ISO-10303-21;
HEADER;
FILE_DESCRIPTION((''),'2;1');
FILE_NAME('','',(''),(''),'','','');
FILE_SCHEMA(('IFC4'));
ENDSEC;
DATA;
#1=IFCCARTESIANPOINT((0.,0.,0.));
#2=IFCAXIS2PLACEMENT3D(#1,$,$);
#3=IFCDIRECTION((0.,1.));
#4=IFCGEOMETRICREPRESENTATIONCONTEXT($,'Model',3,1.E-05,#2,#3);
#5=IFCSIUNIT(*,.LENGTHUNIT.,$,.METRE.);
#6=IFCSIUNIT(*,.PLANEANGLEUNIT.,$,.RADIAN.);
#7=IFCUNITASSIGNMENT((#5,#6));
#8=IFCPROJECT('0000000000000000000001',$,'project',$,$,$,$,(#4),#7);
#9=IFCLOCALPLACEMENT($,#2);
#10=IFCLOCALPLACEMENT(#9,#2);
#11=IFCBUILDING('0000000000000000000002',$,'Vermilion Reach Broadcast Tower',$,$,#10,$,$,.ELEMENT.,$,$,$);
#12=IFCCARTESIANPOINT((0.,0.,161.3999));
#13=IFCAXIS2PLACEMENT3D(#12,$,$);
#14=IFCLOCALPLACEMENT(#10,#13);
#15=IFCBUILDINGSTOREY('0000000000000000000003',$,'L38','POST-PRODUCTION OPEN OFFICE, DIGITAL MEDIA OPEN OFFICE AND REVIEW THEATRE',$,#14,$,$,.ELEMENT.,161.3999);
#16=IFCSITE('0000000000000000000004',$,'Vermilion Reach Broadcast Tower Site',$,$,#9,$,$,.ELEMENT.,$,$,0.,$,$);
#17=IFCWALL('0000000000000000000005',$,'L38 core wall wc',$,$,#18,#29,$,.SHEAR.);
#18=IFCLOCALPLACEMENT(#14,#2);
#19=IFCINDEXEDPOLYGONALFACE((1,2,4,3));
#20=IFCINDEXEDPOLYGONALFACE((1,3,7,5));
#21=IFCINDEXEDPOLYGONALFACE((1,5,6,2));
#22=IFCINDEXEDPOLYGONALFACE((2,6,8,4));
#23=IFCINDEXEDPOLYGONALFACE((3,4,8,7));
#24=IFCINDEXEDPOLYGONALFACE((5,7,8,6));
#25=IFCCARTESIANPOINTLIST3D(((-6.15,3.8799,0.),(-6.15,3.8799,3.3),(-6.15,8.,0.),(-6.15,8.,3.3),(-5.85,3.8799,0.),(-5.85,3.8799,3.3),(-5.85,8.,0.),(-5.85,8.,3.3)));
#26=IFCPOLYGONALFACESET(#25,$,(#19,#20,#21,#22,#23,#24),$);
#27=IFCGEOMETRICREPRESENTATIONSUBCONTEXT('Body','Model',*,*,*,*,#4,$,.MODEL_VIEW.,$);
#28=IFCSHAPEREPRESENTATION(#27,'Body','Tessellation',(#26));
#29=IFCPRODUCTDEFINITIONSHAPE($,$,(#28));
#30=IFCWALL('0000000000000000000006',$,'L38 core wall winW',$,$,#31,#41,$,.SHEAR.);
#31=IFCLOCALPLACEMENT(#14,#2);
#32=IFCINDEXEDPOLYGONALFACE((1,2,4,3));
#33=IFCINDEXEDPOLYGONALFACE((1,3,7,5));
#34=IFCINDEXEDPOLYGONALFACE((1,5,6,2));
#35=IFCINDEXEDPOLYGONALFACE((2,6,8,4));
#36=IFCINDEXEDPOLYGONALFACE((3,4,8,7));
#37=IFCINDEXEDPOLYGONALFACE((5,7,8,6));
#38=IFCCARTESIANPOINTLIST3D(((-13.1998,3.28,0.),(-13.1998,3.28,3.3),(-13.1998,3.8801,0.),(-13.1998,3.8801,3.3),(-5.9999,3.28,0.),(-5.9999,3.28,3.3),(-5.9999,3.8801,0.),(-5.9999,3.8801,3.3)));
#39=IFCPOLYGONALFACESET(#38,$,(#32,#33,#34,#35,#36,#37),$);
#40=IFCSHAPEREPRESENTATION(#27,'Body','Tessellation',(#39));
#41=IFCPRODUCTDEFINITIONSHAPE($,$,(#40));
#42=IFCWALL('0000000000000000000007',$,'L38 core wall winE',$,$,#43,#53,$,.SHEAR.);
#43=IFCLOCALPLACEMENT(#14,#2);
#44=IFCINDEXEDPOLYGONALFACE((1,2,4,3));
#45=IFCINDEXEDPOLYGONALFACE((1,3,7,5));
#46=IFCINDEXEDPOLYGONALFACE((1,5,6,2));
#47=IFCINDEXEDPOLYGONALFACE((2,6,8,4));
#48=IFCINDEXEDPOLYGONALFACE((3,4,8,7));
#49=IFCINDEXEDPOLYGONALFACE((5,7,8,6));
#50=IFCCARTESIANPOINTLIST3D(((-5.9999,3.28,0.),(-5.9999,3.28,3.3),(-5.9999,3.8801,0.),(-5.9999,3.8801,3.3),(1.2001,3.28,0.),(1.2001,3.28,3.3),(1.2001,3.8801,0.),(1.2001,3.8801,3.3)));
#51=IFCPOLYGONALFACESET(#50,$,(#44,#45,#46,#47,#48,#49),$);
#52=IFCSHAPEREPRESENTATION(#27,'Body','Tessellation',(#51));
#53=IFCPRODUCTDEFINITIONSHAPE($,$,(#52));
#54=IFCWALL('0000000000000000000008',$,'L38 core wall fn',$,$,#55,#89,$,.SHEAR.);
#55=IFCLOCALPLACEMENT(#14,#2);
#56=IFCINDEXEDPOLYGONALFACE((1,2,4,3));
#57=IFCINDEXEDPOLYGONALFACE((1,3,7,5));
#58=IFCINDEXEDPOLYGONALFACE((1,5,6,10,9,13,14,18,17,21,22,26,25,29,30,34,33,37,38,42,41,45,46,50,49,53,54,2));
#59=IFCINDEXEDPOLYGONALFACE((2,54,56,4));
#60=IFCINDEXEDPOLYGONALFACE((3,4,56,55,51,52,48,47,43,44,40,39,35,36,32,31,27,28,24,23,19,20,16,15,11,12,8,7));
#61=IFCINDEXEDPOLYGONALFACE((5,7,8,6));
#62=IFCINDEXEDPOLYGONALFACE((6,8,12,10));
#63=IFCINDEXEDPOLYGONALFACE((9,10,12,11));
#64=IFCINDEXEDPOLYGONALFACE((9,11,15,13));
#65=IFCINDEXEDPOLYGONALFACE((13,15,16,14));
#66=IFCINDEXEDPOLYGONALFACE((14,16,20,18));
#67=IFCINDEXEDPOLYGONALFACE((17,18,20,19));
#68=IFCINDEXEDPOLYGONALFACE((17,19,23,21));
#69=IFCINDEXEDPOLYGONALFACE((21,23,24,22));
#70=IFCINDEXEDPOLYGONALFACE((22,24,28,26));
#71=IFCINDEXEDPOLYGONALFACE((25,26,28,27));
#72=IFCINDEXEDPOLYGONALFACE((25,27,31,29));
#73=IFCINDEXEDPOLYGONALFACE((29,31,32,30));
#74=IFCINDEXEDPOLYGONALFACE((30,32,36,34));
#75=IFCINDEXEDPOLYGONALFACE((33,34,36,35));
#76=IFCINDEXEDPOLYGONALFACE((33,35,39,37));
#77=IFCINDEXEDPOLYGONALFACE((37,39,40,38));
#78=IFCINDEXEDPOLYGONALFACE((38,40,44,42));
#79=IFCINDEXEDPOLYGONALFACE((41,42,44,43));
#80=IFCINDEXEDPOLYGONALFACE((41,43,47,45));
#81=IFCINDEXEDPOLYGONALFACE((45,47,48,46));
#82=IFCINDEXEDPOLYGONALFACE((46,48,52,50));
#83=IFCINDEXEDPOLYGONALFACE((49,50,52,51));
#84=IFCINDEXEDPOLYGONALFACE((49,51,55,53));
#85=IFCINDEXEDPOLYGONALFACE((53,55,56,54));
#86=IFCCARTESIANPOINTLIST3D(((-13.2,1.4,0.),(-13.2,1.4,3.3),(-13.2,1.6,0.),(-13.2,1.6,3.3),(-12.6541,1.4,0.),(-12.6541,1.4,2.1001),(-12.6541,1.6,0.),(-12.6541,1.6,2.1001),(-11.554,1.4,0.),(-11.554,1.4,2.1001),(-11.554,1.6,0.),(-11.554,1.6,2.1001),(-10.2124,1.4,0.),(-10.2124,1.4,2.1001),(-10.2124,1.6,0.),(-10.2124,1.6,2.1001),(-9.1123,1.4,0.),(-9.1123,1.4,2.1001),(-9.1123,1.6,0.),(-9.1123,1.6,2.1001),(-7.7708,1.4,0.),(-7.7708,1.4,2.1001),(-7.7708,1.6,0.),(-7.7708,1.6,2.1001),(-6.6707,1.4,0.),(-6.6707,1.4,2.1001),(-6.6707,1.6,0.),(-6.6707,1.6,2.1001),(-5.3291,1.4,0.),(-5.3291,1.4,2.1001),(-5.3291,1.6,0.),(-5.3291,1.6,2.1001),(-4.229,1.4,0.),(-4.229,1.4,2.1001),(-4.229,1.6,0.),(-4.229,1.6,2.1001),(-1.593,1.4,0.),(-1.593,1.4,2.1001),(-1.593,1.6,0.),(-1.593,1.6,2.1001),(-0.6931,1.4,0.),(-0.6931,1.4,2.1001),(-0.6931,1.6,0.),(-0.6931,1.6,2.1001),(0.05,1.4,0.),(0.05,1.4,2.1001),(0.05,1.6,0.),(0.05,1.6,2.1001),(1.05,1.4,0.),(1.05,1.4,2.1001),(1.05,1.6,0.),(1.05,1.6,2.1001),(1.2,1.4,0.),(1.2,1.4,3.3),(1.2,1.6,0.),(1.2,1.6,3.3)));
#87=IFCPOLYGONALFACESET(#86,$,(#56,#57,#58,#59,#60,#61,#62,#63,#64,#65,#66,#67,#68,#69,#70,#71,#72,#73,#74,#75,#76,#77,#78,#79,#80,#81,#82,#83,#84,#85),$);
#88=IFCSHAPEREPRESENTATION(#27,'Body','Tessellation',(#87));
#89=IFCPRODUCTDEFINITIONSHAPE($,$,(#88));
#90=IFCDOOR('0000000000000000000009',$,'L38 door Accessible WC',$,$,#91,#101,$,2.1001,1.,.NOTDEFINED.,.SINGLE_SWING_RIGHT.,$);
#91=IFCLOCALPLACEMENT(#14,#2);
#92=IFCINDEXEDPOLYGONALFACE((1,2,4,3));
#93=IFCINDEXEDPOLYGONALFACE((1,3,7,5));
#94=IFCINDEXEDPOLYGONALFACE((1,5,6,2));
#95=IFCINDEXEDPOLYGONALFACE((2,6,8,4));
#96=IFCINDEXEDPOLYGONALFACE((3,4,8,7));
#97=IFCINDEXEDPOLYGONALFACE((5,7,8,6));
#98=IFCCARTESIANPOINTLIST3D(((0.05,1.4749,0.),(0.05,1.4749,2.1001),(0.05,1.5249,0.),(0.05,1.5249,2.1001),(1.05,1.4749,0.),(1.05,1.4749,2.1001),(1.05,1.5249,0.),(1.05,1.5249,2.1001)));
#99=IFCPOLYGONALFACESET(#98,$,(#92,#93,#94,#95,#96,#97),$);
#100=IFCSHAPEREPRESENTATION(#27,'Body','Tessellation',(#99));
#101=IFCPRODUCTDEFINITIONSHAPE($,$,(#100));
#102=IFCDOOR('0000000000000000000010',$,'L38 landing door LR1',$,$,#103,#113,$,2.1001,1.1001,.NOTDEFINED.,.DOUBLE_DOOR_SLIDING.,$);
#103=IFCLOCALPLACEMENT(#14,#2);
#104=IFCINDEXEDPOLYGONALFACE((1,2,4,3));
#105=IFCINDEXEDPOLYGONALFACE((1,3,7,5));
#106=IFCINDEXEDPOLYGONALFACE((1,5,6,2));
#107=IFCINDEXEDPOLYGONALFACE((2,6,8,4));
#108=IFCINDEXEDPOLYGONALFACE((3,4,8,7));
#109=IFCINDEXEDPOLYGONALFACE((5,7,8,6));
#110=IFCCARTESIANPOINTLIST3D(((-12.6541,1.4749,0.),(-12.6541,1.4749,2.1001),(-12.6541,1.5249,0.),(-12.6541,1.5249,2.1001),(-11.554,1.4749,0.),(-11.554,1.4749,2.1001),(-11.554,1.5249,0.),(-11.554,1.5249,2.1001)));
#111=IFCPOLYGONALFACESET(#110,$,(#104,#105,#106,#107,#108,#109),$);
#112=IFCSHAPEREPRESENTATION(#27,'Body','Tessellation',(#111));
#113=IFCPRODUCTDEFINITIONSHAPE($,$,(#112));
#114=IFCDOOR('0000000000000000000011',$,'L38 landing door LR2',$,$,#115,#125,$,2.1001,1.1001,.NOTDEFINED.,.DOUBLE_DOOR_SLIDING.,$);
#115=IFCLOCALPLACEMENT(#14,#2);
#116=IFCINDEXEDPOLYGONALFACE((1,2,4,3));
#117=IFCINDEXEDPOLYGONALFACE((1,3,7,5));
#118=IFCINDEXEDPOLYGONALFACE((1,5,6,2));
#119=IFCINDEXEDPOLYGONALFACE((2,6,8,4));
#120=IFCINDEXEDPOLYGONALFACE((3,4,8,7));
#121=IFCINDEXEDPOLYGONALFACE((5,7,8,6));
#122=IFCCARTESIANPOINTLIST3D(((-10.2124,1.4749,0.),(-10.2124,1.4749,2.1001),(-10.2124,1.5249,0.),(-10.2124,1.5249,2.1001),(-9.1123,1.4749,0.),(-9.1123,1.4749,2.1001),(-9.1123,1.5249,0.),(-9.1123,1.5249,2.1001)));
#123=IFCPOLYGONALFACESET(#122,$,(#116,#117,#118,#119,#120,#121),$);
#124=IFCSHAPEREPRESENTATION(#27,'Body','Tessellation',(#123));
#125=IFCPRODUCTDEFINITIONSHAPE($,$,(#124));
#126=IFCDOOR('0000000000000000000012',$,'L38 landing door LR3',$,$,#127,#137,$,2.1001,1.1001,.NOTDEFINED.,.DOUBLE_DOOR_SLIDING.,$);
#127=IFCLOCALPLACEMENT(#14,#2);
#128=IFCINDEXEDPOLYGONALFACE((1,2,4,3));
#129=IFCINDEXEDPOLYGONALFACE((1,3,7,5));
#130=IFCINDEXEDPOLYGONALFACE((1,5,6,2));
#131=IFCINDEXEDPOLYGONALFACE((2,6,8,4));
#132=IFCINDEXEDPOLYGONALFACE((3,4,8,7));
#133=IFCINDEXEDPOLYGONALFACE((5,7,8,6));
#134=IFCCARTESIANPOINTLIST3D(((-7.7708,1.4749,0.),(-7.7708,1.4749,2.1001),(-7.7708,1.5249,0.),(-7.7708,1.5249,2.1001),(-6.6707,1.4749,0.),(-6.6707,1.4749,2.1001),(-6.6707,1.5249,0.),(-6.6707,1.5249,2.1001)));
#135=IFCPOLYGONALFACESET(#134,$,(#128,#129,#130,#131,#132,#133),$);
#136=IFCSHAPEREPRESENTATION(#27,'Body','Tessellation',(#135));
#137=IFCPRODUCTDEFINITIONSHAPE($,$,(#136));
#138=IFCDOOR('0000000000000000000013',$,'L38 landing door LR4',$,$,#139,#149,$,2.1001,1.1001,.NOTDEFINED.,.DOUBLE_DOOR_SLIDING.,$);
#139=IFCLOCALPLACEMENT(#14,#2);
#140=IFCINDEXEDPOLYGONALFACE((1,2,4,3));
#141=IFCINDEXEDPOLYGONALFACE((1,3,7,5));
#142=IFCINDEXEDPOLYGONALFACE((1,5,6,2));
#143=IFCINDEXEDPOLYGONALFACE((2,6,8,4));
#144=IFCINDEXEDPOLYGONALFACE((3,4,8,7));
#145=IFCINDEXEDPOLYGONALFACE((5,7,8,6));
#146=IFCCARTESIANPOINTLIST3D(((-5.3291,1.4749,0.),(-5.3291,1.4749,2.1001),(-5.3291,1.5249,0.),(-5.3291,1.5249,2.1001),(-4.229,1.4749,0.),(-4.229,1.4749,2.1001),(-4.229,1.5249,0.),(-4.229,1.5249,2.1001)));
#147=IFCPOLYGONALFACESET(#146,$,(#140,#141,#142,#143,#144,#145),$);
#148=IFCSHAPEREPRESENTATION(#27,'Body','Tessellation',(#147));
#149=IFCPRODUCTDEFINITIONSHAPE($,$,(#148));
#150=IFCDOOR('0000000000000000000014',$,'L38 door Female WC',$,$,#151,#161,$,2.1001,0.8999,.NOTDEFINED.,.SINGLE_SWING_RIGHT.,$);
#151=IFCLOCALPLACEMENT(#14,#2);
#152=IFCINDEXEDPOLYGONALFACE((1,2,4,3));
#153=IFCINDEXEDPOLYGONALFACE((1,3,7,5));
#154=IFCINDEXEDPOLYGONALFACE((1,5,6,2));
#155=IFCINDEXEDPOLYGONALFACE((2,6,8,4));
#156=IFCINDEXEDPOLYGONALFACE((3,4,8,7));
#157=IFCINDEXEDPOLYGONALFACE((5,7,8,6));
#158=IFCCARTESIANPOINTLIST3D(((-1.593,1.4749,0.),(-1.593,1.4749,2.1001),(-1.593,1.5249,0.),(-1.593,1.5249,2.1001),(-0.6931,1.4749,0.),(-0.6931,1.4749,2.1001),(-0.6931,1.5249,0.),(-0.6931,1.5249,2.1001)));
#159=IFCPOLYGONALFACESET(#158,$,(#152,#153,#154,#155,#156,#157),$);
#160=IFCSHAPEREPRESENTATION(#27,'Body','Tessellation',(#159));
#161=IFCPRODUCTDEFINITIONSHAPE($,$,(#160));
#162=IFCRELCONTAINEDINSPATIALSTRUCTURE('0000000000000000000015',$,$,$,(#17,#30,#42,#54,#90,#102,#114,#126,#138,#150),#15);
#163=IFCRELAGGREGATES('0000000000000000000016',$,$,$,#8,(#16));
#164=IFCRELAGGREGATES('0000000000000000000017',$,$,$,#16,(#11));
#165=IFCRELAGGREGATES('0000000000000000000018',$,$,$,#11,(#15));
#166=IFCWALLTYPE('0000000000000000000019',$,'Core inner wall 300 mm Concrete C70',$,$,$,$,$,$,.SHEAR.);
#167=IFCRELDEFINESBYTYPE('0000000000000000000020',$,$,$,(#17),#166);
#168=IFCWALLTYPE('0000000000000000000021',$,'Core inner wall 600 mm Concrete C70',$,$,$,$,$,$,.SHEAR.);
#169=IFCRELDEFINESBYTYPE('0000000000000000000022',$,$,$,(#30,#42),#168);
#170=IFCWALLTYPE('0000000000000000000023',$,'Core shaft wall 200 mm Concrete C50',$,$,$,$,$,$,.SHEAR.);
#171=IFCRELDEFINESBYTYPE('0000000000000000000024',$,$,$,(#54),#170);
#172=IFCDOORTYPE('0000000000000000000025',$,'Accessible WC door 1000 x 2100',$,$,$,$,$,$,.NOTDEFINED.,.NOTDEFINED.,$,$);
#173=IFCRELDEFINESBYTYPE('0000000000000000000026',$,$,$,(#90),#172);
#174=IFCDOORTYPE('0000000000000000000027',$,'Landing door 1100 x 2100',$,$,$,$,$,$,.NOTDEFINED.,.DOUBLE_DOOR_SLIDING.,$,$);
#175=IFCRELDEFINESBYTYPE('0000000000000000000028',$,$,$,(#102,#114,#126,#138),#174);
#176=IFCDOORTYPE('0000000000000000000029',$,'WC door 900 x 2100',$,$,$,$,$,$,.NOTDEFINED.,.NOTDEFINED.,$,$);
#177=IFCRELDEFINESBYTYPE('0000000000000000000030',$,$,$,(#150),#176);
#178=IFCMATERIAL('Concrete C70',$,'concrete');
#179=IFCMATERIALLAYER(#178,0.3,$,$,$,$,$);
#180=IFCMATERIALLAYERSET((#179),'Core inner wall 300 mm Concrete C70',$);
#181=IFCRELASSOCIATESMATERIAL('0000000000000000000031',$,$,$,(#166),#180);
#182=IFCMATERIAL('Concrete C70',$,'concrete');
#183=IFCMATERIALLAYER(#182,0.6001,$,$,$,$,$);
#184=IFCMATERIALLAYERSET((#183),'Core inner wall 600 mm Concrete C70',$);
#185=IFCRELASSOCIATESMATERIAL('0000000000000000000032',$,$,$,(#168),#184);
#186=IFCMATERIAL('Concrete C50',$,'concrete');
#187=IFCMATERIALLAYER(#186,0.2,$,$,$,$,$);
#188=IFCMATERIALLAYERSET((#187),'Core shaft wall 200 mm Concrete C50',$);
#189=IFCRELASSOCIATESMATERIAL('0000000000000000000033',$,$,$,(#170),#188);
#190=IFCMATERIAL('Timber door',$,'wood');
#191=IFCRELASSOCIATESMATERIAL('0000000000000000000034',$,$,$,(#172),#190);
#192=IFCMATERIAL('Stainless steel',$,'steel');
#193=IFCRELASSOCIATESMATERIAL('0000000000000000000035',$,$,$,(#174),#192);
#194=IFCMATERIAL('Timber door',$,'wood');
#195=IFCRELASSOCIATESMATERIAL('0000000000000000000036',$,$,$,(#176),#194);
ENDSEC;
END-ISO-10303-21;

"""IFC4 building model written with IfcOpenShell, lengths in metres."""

from ifc_helpers import new_model, si_unit, direction, frame, frame_2d, origin, place, context, subcontext, project, spatial, rectangle, extrude, material, layer, layer_set, type_object, element, fill, save


model = new_model("IFC4")

# Units and contexts
model_context = context("Model", 3, precision=1e-05, world=origin(), true_north=direction((0.0, 1.0)))
body_context = subcontext(model_context, "Body", "Model", "MODEL_VIEW")
ifc_project = project(units=[si_unit("LENGTHUNIT", "METRE"), si_unit("PLANEANGLEUNIT", "RADIAN")], contexts=[model_context])

# Site, building, storey
site_placement = place(None, origin())
site = spatial("IfcSite", under=ifc_project, at=site_placement, Name="Vermilion Reach Broadcast Tower Site", CompositionType="ELEMENT", RefElevation=0.0)
building_placement = place(site_placement, origin())
building = spatial("IfcBuilding", under=site, at=building_placement, Name="Vermilion Reach Broadcast Tower", CompositionType="ELEMENT")
storey_placement = place(building_placement, frame((0.0, 0.0, 161.3999)))
storey = spatial("IfcBuildingStorey", under=building, at=storey_placement, Name="L38", Description="POST-PRODUCTION OPEN OFFICE, DIGITAL MEDIA OPEN OFFICE AND REVIEW THEATRE", CompositionType="ELEMENT", Elevation=161.3999)

# Walls
ifc_material_1 = material(Name="Concrete C70", Category="concrete")
ifc_layer_1 = layer(ifc_material_1, 0.3)
ifc_layer_set_1 = layer_set([ifc_layer_1], Name="Core inner wall 300 mm Concrete C70")
wall_type_1 = type_object("IfcWallType", Name="Core inner wall 300 mm Concrete C70", PredefinedType="SHEAR", material=ifc_layer_set_1)
wall_1_placement = place(storey_placement, frame((-6.0, 3.8799, 0.0), z_axis=(0.0, 0.0, 1.0), x_axis=(0.0, 1.0, 0.0)))
element("IfcWall", 1, at=wall_1_placement, inside=storey, type_object=wall_type_1, Name="L38 core wall wc", PredefinedType="SHEAR", context=body_context, shape_type="SweptSolid", body=[
    extrude(rectangle(XDim=4.1201, YDim=0.3, at=frame_2d((2.0601, 0.0))), origin(), (0.0, 0.0, 1.0), 3.3),
])
ifc_material_2 = material(Name="Concrete C70", Category="concrete")
ifc_layer_2 = layer(ifc_material_2, 0.6001)
ifc_layer_set_2 = layer_set([ifc_layer_2], Name="Core inner wall 600 mm Concrete C70")
wall_type_2 = type_object("IfcWallType", Name="Core inner wall 600 mm Concrete C70", PredefinedType="SHEAR", material=ifc_layer_set_2)
for number, where, z_axis, x_axis, name in (
    (2, (-13.2, 3.5801, 0.0), (0.0, 0.0, 1.0), (1.0, 0.0, 0.0), "L38 core wall winW"),
    (3, (-6.0, 3.5801, 0.0), (0.0, 0.0, 1.0), (1.0, 0.0, 0.0), "L38 core wall winE"),
):
    element("IfcWall", number, at=place(storey_placement, frame(where, z_axis=z_axis, x_axis=x_axis)), inside=storey, type_object=wall_type_2, Name=name, PredefinedType="SHEAR", context=body_context, shape_type="SweptSolid", body=[
        extrude(rectangle(XDim=7.2, YDim=0.6001, at=frame_2d((3.6001, 0.0))), origin(), (0.0, 0.0, 1.0), 3.3),
    ])

# Wall, openings, doors
ifc_material_3 = material(Name="Concrete C50", Category="concrete")
ifc_layer_3 = layer(ifc_material_3, 0.2)
ifc_layer_set_3 = layer_set([ifc_layer_3], Name="Core shaft wall 200 mm Concrete C50")
wall_type_3 = type_object("IfcWallType", Name="Core shaft wall 200 mm Concrete C50", PredefinedType="SHEAR", material=ifc_layer_set_3)
wall_2_placement = place(storey_placement, frame((-13.2, 1.5, 0.0), z_axis=(0.0, 0.0, 1.0), x_axis=(1.0, 0.0, 0.0)))
wall_2 = element("IfcWall", 4, at=wall_2_placement, inside=storey, type_object=wall_type_3, Name="L38 core wall fn", PredefinedType="SHEAR", context=body_context, shape_type="SweptSolid", body=[
    extrude(rectangle(XDim=14.3999, YDim=0.2, at=frame_2d((7.2, 0.0))), origin(), (0.0, 0.0, 1.0), 3.3),
])
opening_1_placement = place(wall_2_placement, frame((0.5459, 0.0, 0.0)))
opening_1 = element("IfcOpeningElement", 5, at=opening_1_placement, cuts=wall_2, PredefinedType="OPENING", context=body_context, shape_type="SweptSolid", body=[
    extrude(rectangle(XDim=1.1001, YDim=2.1001, at=frame_2d((0.55, 1.05))), frame((0.0, 0.1099, 0.0), z_axis=(0.0, -1.0, 0.0), x_axis=(1.0, 0.0, 0.0)), (0.0, 0.0, 1.0), 0.22),
])
opening_2_placement = place(wall_2_placement, frame((2.9875, 0.0, 0.0)))
opening_2 = element("IfcOpeningElement", 6, at=opening_2_placement, cuts=wall_2, PredefinedType="OPENING", context=body_context, shape_type="SweptSolid", body=[
    extrude(rectangle(XDim=1.1001, YDim=2.1001, at=frame_2d((0.55, 1.05))), frame((0.0, 0.1099, 0.0), z_axis=(0.0, -1.0, 0.0), x_axis=(1.0, 0.0, 0.0)), (0.0, 0.0, 1.0), 0.22),
])
opening_3_placement = place(wall_2_placement, frame((5.4292, 0.0, 0.0)))
opening_3 = element("IfcOpeningElement", 7, at=opening_3_placement, cuts=wall_2, PredefinedType="OPENING", context=body_context, shape_type="SweptSolid", body=[
    extrude(rectangle(XDim=1.1001, YDim=2.1001, at=frame_2d((0.55, 1.05))), frame((0.0, 0.1099, 0.0), z_axis=(0.0, -1.0, 0.0), x_axis=(1.0, 0.0, 0.0)), (0.0, 0.0, 1.0), 0.22),
])
opening_4_placement = place(wall_2_placement, frame((7.8708, 0.0, 0.0)))
opening_4 = element("IfcOpeningElement", 8, at=opening_4_placement, cuts=wall_2, PredefinedType="OPENING", context=body_context, shape_type="SweptSolid", body=[
    extrude(rectangle(XDim=1.1001, YDim=2.1001, at=frame_2d((0.55, 1.05))), frame((0.0, 0.1099, 0.0), z_axis=(0.0, -1.0, 0.0), x_axis=(1.0, 0.0, 0.0)), (0.0, 0.0, 1.0), 0.22),
])
opening_5_placement = place(wall_2_placement, frame((11.6069, 0.0, 0.0)))
opening_5 = element("IfcOpeningElement", 9, at=opening_5_placement, cuts=wall_2, PredefinedType="OPENING", context=body_context, shape_type="SweptSolid", body=[
    extrude(rectangle(XDim=0.8999, YDim=2.1001, at=frame_2d((0.45, 1.05))), frame((0.0, 0.1099, 0.0), z_axis=(0.0, -1.0, 0.0), x_axis=(1.0, 0.0, 0.0)), (0.0, 0.0, 1.0), 0.22),
])
opening_6_placement = place(wall_2_placement, frame((13.25, 0.0, 0.0)))
opening_6 = element("IfcOpeningElement", 10, at=opening_6_placement, cuts=wall_2, PredefinedType="OPENING", context=body_context, shape_type="SweptSolid", body=[
    extrude(rectangle(XDim=1.0, YDim=2.1001, at=frame_2d((0.5, 1.05))), frame((0.0, 0.1099, 0.0), z_axis=(0.0, -1.0, 0.0), x_axis=(1.0, 0.0, 0.0)), (0.0, 0.0, 1.0), 0.22),
])
ifc_material_4 = material(Name="Timber door", Category="wood")
door_type_1 = type_object("IfcDoorType", Name="Accessible WC door 1000 x 2100", OperationType="NOTDEFINED", PredefinedType="NOTDEFINED", material=ifc_material_4)
door_1_placement = place(opening_6_placement, origin())
door_1 = element("IfcDoor", 11, at=door_1_placement, inside=storey, type_object=door_type_1, Name="L38 door Accessible WC", OperationType="SINGLE_SWING_RIGHT", OverallHeight=2.1001, OverallWidth=1.0, PredefinedType="NOTDEFINED", context=body_context, shape_type="SweptSolid", body=[
    extrude(rectangle(XDim=1.0, YDim=2.1001, at=frame_2d((0.5, 1.05))), frame((0.0, 0.0249, 0.0), z_axis=(0.0, -1.0, 0.0), x_axis=(1.0, 0.0, 0.0)), (0.0, 0.0, 1.0), 0.05),
])
fill(opening_6, door_1)
ifc_material_5 = material(Name="Stainless steel", Category="steel")
door_type_2 = type_object("IfcDoorType", Name="Landing door 1100 x 2100", OperationType="DOUBLE_DOOR_SLIDING", PredefinedType="NOTDEFINED", material=ifc_material_5)
door_2_placement = place(opening_1_placement, origin())
door_2 = element("IfcDoor", 12, at=door_2_placement, inside=storey, type_object=door_type_2, Name="L38 landing door LR1", OperationType="DOUBLE_DOOR_SLIDING", OverallHeight=2.1001, OverallWidth=1.1001, PredefinedType="NOTDEFINED", context=body_context, shape_type="SweptSolid", body=[
    extrude(rectangle(XDim=1.1001, YDim=2.1001, at=frame_2d((0.55, 1.05))), frame((0.0, 0.0249, 0.0), z_axis=(0.0, -1.0, 0.0), x_axis=(1.0, 0.0, 0.0)), (0.0, 0.0, 1.0), 0.05),
])
fill(opening_1, door_2)
door_3_placement = place(opening_2_placement, origin())
door_3 = element("IfcDoor", 13, at=door_3_placement, inside=storey, type_object=door_type_2, Name="L38 landing door LR2", OperationType="DOUBLE_DOOR_SLIDING", OverallHeight=2.1001, OverallWidth=1.1001, PredefinedType="NOTDEFINED", context=body_context, shape_type="SweptSolid", body=[
    extrude(rectangle(XDim=1.1001, YDim=2.1001, at=frame_2d((0.55, 1.05))), frame((0.0, 0.0249, 0.0), z_axis=(0.0, -1.0, 0.0), x_axis=(1.0, 0.0, 0.0)), (0.0, 0.0, 1.0), 0.05),
])
fill(opening_2, door_3)
door_4_placement = place(opening_3_placement, origin())
door_4 = element("IfcDoor", 14, at=door_4_placement, inside=storey, type_object=door_type_2, Name="L38 landing door LR3", OperationType="DOUBLE_DOOR_SLIDING", OverallHeight=2.1001, OverallWidth=1.1001, PredefinedType="NOTDEFINED", context=body_context, shape_type="SweptSolid", body=[
    extrude(rectangle(XDim=1.1001, YDim=2.1001, at=frame_2d((0.55, 1.05))), frame((0.0, 0.0249, 0.0), z_axis=(0.0, -1.0, 0.0), x_axis=(1.0, 0.0, 0.0)), (0.0, 0.0, 1.0), 0.05),
])
fill(opening_3, door_4)
door_5_placement = place(opening_4_placement, origin())
door_5 = element("IfcDoor", 15, at=door_5_placement, inside=storey, type_object=door_type_2, Name="L38 landing door LR4", OperationType="DOUBLE_DOOR_SLIDING", OverallHeight=2.1001, OverallWidth=1.1001, PredefinedType="NOTDEFINED", context=body_context, shape_type="SweptSolid", body=[
    extrude(rectangle(XDim=1.1001, YDim=2.1001, at=frame_2d((0.55, 1.05))), frame((0.0, 0.0249, 0.0), z_axis=(0.0, -1.0, 0.0), x_axis=(1.0, 0.0, 0.0)), (0.0, 0.0, 1.0), 0.05),
])
fill(opening_4, door_5)
ifc_material_6 = material(Name="Timber door", Category="wood")
door_type_3 = type_object("IfcDoorType", Name="WC door 900 x 2100", OperationType="NOTDEFINED", PredefinedType="NOTDEFINED", material=ifc_material_6)
door_6_placement = place(opening_5_placement, origin())
door_6 = element("IfcDoor", 16, at=door_6_placement, inside=storey, type_object=door_type_3, Name="L38 door Female WC", OperationType="SINGLE_SWING_RIGHT", OverallHeight=2.1001, OverallWidth=0.8999, PredefinedType="NOTDEFINED", context=body_context, shape_type="SweptSolid", body=[
    extrude(rectangle(XDim=0.8999, YDim=2.1001, at=frame_2d((0.45, 1.05))), frame((0.0, 0.0249, 0.0), z_axis=(0.0, -1.0, 0.0), x_axis=(1.0, 0.0, 0.0)), (0.0, 0.0, 1.0), 0.05),
])
fill(opening_5, door_6)

save(model, "model.ifc")
